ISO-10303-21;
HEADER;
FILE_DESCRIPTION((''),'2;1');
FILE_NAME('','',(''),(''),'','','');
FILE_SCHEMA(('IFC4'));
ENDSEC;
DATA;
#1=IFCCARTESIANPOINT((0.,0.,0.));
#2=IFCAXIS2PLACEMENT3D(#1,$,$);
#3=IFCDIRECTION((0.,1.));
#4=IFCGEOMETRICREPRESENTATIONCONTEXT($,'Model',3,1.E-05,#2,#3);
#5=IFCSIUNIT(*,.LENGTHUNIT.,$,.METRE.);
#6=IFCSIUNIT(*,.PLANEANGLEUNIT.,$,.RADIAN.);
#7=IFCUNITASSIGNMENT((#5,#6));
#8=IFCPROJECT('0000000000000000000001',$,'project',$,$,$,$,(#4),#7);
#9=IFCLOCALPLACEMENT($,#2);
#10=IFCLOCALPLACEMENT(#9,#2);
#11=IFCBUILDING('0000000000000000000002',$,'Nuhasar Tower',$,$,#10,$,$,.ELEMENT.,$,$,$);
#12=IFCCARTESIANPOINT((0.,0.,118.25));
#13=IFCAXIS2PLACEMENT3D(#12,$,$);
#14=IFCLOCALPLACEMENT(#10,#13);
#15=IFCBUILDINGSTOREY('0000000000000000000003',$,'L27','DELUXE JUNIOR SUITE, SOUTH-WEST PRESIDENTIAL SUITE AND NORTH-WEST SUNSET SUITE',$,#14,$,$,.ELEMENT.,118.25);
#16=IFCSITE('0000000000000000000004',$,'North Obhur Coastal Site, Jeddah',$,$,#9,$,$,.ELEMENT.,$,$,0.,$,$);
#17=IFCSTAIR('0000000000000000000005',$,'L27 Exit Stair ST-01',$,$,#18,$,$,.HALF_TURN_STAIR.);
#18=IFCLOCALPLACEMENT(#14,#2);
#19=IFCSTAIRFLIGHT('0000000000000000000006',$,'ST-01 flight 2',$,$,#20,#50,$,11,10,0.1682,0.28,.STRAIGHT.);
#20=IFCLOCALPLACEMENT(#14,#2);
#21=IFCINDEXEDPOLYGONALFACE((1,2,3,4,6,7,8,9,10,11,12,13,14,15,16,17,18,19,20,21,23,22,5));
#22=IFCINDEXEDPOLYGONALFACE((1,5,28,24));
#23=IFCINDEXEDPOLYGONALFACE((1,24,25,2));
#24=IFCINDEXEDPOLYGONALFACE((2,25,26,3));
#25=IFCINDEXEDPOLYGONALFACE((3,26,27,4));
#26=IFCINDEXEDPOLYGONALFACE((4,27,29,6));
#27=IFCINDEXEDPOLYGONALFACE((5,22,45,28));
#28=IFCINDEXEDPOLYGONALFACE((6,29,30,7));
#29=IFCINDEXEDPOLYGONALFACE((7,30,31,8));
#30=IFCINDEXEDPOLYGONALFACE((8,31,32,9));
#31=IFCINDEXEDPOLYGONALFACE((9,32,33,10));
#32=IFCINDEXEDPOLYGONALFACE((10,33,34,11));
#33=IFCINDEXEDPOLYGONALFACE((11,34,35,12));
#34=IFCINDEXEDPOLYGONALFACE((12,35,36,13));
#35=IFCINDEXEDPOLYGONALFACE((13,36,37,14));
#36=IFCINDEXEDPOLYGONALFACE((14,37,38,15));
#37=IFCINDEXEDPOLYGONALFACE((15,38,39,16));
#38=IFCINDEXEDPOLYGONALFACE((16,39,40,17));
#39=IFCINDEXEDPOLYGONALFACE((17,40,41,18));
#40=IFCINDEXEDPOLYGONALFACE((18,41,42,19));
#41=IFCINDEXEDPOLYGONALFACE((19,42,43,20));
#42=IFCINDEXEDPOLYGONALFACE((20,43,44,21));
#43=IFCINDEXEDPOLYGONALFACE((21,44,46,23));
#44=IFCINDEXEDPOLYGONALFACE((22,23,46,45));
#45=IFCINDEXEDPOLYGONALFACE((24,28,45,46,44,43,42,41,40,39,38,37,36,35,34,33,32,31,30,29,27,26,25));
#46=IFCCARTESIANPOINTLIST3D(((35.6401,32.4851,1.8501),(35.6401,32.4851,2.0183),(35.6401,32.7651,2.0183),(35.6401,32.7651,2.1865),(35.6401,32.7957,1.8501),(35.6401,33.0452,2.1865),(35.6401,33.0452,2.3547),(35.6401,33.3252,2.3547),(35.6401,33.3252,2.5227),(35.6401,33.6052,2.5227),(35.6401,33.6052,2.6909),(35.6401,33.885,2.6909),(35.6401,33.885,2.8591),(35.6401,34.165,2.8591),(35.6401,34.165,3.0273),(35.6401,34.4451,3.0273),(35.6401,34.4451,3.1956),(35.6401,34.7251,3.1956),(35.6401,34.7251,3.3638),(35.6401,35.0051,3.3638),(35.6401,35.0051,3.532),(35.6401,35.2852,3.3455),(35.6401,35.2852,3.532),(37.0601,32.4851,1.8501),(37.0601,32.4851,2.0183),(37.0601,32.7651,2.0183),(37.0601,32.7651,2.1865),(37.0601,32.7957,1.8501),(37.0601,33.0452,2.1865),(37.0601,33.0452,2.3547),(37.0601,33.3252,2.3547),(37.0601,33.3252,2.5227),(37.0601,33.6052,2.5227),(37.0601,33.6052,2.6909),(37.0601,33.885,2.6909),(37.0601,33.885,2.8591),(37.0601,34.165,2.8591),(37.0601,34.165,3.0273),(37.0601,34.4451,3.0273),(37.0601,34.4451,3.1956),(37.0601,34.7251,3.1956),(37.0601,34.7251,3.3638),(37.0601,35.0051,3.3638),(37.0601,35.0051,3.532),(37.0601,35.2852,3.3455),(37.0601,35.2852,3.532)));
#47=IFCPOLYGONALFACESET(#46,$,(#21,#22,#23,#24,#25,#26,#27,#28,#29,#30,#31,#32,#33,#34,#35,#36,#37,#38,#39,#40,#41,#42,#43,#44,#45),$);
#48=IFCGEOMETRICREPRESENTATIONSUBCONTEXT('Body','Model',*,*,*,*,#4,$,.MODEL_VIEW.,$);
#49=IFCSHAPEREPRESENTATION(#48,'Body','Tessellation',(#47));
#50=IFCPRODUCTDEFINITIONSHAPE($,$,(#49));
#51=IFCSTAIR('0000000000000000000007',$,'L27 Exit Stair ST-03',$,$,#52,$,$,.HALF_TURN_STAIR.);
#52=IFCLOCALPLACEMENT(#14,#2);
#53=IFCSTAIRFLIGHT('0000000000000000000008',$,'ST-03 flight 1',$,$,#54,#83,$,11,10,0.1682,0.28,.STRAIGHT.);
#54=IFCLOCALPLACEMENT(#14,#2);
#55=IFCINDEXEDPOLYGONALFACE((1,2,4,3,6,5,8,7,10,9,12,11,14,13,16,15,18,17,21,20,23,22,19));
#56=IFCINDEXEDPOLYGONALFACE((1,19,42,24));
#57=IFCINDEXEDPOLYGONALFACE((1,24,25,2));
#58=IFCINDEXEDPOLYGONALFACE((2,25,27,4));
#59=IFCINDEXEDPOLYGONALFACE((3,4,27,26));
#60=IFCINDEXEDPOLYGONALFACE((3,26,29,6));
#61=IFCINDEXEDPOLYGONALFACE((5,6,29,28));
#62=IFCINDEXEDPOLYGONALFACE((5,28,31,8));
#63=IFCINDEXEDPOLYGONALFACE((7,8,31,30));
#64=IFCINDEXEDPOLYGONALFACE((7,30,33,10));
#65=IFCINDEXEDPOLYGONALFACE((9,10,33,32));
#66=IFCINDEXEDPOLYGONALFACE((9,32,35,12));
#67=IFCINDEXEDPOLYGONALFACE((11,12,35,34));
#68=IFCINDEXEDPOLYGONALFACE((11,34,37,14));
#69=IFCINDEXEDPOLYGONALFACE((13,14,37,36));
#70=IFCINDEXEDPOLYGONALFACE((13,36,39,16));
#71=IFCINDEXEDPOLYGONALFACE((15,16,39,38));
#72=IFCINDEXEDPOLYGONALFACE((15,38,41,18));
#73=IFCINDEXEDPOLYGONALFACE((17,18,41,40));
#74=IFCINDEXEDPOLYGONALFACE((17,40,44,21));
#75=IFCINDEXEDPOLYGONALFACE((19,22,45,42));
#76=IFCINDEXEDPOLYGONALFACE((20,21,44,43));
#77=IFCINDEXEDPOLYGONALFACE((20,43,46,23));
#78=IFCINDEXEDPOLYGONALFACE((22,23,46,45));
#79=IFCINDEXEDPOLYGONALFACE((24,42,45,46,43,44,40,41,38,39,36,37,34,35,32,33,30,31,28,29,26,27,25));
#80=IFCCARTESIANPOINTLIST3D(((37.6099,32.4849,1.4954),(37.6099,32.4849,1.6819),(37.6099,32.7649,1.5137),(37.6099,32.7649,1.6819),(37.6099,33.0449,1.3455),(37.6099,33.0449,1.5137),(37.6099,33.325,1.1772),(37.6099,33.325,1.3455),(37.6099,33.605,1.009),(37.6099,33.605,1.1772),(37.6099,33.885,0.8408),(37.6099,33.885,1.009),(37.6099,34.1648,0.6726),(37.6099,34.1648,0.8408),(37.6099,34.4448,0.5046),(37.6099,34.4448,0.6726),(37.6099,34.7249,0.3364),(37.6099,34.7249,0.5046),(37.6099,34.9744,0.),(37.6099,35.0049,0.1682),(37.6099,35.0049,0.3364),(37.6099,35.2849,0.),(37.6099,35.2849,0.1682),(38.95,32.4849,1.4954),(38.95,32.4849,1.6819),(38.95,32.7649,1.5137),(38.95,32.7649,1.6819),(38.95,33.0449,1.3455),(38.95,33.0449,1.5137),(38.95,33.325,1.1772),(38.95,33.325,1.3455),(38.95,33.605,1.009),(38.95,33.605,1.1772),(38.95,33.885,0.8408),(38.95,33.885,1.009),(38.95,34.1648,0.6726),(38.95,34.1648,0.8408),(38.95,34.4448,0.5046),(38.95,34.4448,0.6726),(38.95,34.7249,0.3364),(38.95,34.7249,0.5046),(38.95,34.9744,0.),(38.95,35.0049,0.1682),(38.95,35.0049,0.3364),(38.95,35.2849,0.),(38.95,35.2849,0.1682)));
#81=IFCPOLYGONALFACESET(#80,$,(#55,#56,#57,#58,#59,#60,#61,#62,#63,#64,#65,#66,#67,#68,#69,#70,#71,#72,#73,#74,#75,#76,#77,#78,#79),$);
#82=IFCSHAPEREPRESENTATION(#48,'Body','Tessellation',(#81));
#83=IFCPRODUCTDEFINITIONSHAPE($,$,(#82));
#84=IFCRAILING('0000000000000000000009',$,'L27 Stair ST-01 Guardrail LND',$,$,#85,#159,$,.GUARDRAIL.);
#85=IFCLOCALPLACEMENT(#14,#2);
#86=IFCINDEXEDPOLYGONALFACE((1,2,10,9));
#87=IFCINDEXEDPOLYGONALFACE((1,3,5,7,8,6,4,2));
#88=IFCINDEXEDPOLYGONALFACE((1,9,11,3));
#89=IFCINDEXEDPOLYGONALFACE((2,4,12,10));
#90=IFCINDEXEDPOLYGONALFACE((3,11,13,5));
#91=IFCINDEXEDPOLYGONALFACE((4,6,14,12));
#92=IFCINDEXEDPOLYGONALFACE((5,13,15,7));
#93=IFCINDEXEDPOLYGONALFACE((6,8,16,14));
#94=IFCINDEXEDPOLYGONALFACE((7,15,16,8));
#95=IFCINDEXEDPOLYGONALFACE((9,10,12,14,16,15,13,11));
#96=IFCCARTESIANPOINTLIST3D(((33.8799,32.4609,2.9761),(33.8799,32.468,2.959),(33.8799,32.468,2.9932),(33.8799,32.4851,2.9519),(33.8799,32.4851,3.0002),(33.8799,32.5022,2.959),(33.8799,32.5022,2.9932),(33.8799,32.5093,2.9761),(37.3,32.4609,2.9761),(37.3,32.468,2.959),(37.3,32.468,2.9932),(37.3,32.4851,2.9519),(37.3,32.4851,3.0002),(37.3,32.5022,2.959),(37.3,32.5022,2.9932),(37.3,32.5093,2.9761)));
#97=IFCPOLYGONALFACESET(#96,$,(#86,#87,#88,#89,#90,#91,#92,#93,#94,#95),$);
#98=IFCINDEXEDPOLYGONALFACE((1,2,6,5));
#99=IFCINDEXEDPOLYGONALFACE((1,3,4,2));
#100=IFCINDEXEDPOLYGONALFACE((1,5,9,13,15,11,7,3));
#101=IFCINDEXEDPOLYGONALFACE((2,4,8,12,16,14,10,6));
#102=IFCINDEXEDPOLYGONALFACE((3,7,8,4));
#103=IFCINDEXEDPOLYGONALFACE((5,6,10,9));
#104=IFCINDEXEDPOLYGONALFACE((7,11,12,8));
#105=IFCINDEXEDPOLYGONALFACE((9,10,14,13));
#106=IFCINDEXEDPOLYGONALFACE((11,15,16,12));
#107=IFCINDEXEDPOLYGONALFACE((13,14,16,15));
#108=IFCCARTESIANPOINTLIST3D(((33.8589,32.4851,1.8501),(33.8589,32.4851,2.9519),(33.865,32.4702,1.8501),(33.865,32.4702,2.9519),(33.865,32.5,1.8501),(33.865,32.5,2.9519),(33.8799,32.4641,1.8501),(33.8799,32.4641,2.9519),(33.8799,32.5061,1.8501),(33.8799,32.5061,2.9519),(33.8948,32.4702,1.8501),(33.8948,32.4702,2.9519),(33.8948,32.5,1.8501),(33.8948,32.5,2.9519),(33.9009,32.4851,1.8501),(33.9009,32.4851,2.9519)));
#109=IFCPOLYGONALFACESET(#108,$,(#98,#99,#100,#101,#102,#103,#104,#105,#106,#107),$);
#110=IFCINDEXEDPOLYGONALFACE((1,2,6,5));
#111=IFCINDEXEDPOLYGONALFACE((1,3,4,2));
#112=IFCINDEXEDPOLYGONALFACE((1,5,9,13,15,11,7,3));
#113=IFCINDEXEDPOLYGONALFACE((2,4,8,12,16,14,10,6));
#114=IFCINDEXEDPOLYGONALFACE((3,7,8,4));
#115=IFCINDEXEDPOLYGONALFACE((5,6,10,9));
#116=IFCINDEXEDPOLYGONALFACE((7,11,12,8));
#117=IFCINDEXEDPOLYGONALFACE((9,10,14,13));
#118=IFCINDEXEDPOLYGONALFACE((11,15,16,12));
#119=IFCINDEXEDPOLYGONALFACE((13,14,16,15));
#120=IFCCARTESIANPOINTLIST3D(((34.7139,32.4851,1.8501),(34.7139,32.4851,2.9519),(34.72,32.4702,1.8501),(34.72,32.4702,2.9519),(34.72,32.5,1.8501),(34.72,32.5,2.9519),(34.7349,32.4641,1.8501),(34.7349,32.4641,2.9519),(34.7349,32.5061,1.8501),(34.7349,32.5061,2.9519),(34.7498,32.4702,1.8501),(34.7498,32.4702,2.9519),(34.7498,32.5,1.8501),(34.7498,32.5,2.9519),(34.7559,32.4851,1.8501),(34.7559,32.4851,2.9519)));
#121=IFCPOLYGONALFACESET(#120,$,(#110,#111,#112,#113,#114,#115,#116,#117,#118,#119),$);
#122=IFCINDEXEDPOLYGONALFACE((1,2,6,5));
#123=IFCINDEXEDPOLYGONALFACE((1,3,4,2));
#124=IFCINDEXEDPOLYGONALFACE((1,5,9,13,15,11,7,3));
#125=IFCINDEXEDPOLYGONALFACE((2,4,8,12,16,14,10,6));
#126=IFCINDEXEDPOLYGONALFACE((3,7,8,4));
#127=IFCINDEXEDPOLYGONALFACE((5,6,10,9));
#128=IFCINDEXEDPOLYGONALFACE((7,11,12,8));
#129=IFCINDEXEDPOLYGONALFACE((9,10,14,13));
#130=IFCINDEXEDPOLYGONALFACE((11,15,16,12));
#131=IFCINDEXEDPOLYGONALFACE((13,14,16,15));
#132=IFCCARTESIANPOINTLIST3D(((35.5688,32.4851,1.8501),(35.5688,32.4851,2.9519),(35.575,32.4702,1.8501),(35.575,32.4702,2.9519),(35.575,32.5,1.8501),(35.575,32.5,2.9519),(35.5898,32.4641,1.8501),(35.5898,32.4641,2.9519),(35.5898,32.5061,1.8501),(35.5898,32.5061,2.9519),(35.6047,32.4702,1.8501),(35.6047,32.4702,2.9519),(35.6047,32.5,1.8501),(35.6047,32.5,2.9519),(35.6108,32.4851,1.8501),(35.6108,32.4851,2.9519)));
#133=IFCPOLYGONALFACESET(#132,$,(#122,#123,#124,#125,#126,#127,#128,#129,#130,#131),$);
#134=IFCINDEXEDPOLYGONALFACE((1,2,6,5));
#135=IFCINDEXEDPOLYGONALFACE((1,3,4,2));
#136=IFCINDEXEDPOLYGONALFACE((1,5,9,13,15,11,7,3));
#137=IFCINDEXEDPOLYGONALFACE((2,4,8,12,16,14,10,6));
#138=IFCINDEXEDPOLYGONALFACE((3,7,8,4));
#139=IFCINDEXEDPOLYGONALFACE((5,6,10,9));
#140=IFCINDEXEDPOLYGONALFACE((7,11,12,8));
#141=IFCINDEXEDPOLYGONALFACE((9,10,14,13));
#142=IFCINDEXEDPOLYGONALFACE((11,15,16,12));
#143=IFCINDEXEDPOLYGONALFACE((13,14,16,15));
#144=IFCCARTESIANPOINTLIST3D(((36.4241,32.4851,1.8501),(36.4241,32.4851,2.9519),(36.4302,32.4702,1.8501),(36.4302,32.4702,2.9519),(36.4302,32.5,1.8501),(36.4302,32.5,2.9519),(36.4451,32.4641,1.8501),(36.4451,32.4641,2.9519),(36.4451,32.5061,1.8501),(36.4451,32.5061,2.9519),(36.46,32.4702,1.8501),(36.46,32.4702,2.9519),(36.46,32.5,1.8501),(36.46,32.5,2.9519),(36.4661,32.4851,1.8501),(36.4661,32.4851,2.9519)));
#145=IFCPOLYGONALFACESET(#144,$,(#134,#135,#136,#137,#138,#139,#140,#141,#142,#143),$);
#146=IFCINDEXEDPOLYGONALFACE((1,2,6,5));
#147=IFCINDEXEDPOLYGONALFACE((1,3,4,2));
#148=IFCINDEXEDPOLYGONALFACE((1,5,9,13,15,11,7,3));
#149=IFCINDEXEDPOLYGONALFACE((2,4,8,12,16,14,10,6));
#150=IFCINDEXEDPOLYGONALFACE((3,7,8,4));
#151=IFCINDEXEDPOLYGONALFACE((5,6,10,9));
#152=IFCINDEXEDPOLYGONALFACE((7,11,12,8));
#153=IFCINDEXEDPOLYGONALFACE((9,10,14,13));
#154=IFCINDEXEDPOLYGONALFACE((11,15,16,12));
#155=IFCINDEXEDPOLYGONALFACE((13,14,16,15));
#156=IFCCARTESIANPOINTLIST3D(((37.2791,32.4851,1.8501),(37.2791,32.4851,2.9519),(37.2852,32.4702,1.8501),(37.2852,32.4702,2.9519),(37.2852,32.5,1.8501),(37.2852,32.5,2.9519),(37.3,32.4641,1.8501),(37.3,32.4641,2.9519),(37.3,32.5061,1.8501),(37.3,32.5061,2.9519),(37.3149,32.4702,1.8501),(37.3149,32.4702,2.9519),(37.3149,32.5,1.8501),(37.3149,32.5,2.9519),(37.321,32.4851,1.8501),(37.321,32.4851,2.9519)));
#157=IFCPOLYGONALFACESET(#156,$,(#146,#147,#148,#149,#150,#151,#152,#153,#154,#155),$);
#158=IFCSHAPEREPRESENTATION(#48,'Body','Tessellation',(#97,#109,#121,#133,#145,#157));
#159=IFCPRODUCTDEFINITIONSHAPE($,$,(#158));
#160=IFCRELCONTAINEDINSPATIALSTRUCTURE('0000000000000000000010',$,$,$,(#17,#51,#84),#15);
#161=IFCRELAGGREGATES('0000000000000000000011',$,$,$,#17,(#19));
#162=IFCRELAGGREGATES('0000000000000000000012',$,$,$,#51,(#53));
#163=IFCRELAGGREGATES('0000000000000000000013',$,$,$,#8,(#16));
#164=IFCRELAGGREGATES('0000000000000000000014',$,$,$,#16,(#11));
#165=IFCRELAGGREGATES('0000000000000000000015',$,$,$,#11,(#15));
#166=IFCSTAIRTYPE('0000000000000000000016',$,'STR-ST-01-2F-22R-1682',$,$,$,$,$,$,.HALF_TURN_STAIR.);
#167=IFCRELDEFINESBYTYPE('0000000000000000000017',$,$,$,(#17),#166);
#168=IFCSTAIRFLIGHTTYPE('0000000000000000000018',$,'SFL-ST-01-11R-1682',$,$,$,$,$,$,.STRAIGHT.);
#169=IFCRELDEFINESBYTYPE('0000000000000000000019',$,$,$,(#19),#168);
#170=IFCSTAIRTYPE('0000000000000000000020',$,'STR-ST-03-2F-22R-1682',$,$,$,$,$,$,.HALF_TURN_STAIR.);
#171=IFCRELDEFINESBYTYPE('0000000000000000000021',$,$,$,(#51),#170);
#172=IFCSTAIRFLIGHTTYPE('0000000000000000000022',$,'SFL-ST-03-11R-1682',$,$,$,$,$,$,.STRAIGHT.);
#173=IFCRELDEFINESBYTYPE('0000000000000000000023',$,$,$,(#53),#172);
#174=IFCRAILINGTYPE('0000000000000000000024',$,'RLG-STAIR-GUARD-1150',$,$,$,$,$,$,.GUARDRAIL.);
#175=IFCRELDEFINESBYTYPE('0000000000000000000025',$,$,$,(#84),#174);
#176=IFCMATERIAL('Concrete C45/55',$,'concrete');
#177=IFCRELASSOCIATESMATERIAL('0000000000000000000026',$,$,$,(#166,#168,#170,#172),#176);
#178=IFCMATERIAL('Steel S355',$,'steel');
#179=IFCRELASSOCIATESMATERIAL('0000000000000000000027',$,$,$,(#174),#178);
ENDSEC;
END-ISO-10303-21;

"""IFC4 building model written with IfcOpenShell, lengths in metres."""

from ifc_helpers import new_model, si_unit, direction, frame, origin, place, context, subcontext, project, spatial, polyline, outline, extrude, material, type_object, element, aggregate, save


model = new_model("IFC4")

# Units and contexts
model_context = context("Model", 3, precision=1e-05, world=origin(), true_north=direction((0.0, 1.0)))
body_context = subcontext(model_context, "Body", "Model", "MODEL_VIEW")
ifc_project = project(units=[si_unit("LENGTHUNIT", "METRE"), si_unit("PLANEANGLEUNIT", "RADIAN")], contexts=[model_context])

# Site, building, storey
site_placement = place(None, origin())
site = spatial("IfcSite", under=ifc_project, at=site_placement, Name="North Obhur Coastal Site, Jeddah", CompositionType="ELEMENT", RefElevation=0.0)
building_placement = place(site_placement, origin())
building = spatial("IfcBuilding", under=site, at=building_placement, Name="Nuhasar Tower", CompositionType="ELEMENT")
storey_placement = place(building_placement, frame((0.0, 0.0, 118.25)))
storey = spatial("IfcBuildingStorey", under=building, at=storey_placement, Name="L27", Description="DELUXE JUNIOR SUITE, SOUTH-WEST PRESIDENTIAL SUITE AND NORTH-WEST SUNSET SUITE", CompositionType="ELEMENT", Elevation=118.25)

# Shared definitions
ifc_material_1 = material(Name="Steel S355", Category="steel")

# Stair, stair flight
ifc_material_2 = material(Name="Concrete C45/55", Category="concrete")
stair_type_1 = type_object("IfcStairType", Name="STR-ST-01-2F-22R-1682", PredefinedType="HALF_TURN_STAIR", material=ifc_material_2)
stair_1_placement = place(storey_placement, origin())
stair_1 = element("IfcStair", 1, at=stair_1_placement, inside=storey, type_object=stair_type_1, Name="L27 Exit Stair ST-01", PredefinedType="HALF_TURN_STAIR")
stair_flight_type_1 = type_object("IfcStairFlightType", Name="SFL-ST-01-11R-1682", PredefinedType="STRAIGHT", material=ifc_material_2)
stair_flight_1_placement = place(storey_placement, frame((36.3501, 32.4851, 1.8501), z_axis=(0.0, 0.0, 1.0), x_axis=(0.0, 1.0, 0.0)))
stair_flight_1 = element("IfcStairFlight", 2, at=stair_flight_1_placement, type_object=stair_flight_type_1, Name="ST-01 flight 2", NumberOfRisers=11, NumberOfTreads=10, PredefinedType="STRAIGHT", RiserHeight=0.1682, TreadLength=0.28, context=body_context, shape_type="SweptSolid", body=[
    extrude(outline(polyline([(0.0, 0.0), (0.0, 0.1682), (0.28, 0.1682), (0.28, 0.3364), (0.5601, 0.3364), (0.5601, 0.5046), (0.8401, 0.5046), (0.8401, 0.6726), (1.1201, 0.6726), (1.1201, 0.8408), (1.3999, 0.8408), (1.3999, 1.009), (1.6799, 1.009), (1.6799, 1.1772), (1.96, 1.1772), (1.96, 1.3455), (2.24, 1.3455), (2.24, 1.5137), (2.52, 1.5137), (2.52, 1.6819), (2.8, 1.6819), (2.8, 1.8501), (2.8, 1.4954), (0.3105, 0.0), (0.0, 0.0)])), frame((0.0, 0.71, 0.0), z_axis=(0.0, -1.0, 0.0), x_axis=(1.0, 0.0, 0.0)), (0.0, 0.0, 1.0), 1.4199),
])
aggregate(stair_1, [stair_flight_1])

# Stair, stair flight
stair_type_2 = type_object("IfcStairType", Name="STR-ST-03-2F-22R-1682", PredefinedType="HALF_TURN_STAIR", material=ifc_material_2)
stair_2_placement = place(storey_placement, origin())
stair_2 = element("IfcStair", 3, at=stair_2_placement, inside=storey, type_object=stair_type_2, Name="L27 Exit Stair ST-03", PredefinedType="HALF_TURN_STAIR")
stair_flight_type_2 = type_object("IfcStairFlightType", Name="SFL-ST-03-11R-1682", PredefinedType="STRAIGHT", material=ifc_material_2)
stair_flight_2_placement = place(storey_placement, frame((38.28, 35.2849, 0.0), z_axis=(0.0, 0.0, 1.0), x_axis=(0.0, -1.0, 0.0)))
stair_flight_2 = element("IfcStairFlight", 4, at=stair_flight_2_placement, type_object=stair_flight_type_2, Name="ST-03 flight 1", NumberOfRisers=11, NumberOfTreads=10, PredefinedType="STRAIGHT", RiserHeight=0.1682, TreadLength=0.28, context=body_context, shape_type="SweptSolid", body=[
    extrude(outline(polyline([(0.0, 0.0), (0.0, 0.1682), (0.28, 0.1682), (0.28, 0.3364), (0.5601, 0.3364), (0.5601, 0.5046), (0.8401, 0.5046), (0.8401, 0.6726), (1.1201, 0.6726), (1.1201, 0.8408), (1.3999, 0.8408), (1.3999, 1.009), (1.6799, 1.009), (1.6799, 1.1772), (1.96, 1.1772), (1.96, 1.3455), (2.24, 1.3455), (2.24, 1.5137), (2.52, 1.5137), (2.52, 1.6819), (2.8, 1.6819), (2.8, 1.8501), (2.8, 1.4954), (0.3105, 0.0), (0.0, 0.0)])), frame((0.0, 0.6699, 0.0), z_axis=(0.0, -1.0, 0.0), x_axis=(1.0, 0.0, 0.0)), (0.0, 0.0, 1.0), 1.3401),
])
aggregate(stair_2, [stair_flight_2])

# Railing
railing_type_1 = type_object("IfcRailingType", Name="RLG-STAIR-GUARD-1150", PredefinedType="GUARDRAIL", material=ifc_material_1)
railing_1_placement = place(storey_placement, frame((33.8799, 32.4851, 1.8501)))
element("IfcRailing", 5, at=railing_1_placement, inside=storey, type_object=railing_type_1, Name="L27 Stair ST-01 Guardrail LND", PredefinedType="GUARDRAIL", context=body_context, shape_type="SweptSolid", body=[
    extrude(outline(polyline([(0.0242, 0.0), (0.0171, 0.0171), (0.0, 0.0242), (-0.0171, 0.0171), (-0.0242, 0.0), (-0.0171, -0.0171), (0.0, -0.0242), (0.0171, -0.0171), (0.0242, 0.0)])), frame((0.0, 0.0, 1.126), z_axis=(1.0, 0.0, 0.0), x_axis=(0.0, 1.0, 0.0)), (0.0, 0.0, 1.0), 3.4202),
    extrude(outline(polyline([(0.021, 0.0), (0.0149, 0.0149), (0.0, 0.021), (-0.0149, 0.0149), (-0.021, 0.0), (-0.0149, -0.0149), (0.0, -0.021), (0.0149, -0.0149), (0.021, 0.0)])), origin(), (0.0, 0.0, 1.0), 1.1018),
    extrude(outline(polyline([(0.021, 0.0), (0.0149, 0.0149), (0.0, 0.021), (-0.0149, 0.0149), (-0.021, 0.0), (-0.0149, -0.0149), (0.0, -0.021), (0.0149, -0.0149), (0.021, 0.0)])), frame((0.855, 0.0, 0.0)), (0.0, 0.0, 1.0), 1.1018),
    extrude(outline(polyline([(0.021, 0.0), (0.0149, 0.0149), (0.0, 0.021), (-0.0149, 0.0149), (-0.021, 0.0), (-0.0149, -0.0149), (0.0, -0.021), (0.0149, -0.0149), (0.021, 0.0)])), frame((1.71, 0.0, 0.0)), (0.0, 0.0, 1.0), 1.1018),
    extrude(outline(polyline([(0.021, 0.0), (0.0149, 0.0149), (0.0, 0.021), (-0.0149, 0.0149), (-0.021, 0.0), (-0.0149, -0.0149), (0.0, -0.021), (0.0149, -0.0149), (0.021, 0.0)])), frame((2.5652, 0.0, 0.0)), (0.0, 0.0, 1.0), 1.1018),
    extrude(outline(polyline([(0.021, 0.0), (0.0149, 0.0149), (0.0, 0.021), (-0.0149, 0.0149), (-0.021, 0.0), (-0.0149, -0.0149), (0.0, -0.021), (0.0149, -0.0149), (0.021, 0.0)])), frame((3.4202, 0.0, 0.0)), (0.0, 0.0, 1.0), 1.1018),
])

save(model, "model.ifc")
